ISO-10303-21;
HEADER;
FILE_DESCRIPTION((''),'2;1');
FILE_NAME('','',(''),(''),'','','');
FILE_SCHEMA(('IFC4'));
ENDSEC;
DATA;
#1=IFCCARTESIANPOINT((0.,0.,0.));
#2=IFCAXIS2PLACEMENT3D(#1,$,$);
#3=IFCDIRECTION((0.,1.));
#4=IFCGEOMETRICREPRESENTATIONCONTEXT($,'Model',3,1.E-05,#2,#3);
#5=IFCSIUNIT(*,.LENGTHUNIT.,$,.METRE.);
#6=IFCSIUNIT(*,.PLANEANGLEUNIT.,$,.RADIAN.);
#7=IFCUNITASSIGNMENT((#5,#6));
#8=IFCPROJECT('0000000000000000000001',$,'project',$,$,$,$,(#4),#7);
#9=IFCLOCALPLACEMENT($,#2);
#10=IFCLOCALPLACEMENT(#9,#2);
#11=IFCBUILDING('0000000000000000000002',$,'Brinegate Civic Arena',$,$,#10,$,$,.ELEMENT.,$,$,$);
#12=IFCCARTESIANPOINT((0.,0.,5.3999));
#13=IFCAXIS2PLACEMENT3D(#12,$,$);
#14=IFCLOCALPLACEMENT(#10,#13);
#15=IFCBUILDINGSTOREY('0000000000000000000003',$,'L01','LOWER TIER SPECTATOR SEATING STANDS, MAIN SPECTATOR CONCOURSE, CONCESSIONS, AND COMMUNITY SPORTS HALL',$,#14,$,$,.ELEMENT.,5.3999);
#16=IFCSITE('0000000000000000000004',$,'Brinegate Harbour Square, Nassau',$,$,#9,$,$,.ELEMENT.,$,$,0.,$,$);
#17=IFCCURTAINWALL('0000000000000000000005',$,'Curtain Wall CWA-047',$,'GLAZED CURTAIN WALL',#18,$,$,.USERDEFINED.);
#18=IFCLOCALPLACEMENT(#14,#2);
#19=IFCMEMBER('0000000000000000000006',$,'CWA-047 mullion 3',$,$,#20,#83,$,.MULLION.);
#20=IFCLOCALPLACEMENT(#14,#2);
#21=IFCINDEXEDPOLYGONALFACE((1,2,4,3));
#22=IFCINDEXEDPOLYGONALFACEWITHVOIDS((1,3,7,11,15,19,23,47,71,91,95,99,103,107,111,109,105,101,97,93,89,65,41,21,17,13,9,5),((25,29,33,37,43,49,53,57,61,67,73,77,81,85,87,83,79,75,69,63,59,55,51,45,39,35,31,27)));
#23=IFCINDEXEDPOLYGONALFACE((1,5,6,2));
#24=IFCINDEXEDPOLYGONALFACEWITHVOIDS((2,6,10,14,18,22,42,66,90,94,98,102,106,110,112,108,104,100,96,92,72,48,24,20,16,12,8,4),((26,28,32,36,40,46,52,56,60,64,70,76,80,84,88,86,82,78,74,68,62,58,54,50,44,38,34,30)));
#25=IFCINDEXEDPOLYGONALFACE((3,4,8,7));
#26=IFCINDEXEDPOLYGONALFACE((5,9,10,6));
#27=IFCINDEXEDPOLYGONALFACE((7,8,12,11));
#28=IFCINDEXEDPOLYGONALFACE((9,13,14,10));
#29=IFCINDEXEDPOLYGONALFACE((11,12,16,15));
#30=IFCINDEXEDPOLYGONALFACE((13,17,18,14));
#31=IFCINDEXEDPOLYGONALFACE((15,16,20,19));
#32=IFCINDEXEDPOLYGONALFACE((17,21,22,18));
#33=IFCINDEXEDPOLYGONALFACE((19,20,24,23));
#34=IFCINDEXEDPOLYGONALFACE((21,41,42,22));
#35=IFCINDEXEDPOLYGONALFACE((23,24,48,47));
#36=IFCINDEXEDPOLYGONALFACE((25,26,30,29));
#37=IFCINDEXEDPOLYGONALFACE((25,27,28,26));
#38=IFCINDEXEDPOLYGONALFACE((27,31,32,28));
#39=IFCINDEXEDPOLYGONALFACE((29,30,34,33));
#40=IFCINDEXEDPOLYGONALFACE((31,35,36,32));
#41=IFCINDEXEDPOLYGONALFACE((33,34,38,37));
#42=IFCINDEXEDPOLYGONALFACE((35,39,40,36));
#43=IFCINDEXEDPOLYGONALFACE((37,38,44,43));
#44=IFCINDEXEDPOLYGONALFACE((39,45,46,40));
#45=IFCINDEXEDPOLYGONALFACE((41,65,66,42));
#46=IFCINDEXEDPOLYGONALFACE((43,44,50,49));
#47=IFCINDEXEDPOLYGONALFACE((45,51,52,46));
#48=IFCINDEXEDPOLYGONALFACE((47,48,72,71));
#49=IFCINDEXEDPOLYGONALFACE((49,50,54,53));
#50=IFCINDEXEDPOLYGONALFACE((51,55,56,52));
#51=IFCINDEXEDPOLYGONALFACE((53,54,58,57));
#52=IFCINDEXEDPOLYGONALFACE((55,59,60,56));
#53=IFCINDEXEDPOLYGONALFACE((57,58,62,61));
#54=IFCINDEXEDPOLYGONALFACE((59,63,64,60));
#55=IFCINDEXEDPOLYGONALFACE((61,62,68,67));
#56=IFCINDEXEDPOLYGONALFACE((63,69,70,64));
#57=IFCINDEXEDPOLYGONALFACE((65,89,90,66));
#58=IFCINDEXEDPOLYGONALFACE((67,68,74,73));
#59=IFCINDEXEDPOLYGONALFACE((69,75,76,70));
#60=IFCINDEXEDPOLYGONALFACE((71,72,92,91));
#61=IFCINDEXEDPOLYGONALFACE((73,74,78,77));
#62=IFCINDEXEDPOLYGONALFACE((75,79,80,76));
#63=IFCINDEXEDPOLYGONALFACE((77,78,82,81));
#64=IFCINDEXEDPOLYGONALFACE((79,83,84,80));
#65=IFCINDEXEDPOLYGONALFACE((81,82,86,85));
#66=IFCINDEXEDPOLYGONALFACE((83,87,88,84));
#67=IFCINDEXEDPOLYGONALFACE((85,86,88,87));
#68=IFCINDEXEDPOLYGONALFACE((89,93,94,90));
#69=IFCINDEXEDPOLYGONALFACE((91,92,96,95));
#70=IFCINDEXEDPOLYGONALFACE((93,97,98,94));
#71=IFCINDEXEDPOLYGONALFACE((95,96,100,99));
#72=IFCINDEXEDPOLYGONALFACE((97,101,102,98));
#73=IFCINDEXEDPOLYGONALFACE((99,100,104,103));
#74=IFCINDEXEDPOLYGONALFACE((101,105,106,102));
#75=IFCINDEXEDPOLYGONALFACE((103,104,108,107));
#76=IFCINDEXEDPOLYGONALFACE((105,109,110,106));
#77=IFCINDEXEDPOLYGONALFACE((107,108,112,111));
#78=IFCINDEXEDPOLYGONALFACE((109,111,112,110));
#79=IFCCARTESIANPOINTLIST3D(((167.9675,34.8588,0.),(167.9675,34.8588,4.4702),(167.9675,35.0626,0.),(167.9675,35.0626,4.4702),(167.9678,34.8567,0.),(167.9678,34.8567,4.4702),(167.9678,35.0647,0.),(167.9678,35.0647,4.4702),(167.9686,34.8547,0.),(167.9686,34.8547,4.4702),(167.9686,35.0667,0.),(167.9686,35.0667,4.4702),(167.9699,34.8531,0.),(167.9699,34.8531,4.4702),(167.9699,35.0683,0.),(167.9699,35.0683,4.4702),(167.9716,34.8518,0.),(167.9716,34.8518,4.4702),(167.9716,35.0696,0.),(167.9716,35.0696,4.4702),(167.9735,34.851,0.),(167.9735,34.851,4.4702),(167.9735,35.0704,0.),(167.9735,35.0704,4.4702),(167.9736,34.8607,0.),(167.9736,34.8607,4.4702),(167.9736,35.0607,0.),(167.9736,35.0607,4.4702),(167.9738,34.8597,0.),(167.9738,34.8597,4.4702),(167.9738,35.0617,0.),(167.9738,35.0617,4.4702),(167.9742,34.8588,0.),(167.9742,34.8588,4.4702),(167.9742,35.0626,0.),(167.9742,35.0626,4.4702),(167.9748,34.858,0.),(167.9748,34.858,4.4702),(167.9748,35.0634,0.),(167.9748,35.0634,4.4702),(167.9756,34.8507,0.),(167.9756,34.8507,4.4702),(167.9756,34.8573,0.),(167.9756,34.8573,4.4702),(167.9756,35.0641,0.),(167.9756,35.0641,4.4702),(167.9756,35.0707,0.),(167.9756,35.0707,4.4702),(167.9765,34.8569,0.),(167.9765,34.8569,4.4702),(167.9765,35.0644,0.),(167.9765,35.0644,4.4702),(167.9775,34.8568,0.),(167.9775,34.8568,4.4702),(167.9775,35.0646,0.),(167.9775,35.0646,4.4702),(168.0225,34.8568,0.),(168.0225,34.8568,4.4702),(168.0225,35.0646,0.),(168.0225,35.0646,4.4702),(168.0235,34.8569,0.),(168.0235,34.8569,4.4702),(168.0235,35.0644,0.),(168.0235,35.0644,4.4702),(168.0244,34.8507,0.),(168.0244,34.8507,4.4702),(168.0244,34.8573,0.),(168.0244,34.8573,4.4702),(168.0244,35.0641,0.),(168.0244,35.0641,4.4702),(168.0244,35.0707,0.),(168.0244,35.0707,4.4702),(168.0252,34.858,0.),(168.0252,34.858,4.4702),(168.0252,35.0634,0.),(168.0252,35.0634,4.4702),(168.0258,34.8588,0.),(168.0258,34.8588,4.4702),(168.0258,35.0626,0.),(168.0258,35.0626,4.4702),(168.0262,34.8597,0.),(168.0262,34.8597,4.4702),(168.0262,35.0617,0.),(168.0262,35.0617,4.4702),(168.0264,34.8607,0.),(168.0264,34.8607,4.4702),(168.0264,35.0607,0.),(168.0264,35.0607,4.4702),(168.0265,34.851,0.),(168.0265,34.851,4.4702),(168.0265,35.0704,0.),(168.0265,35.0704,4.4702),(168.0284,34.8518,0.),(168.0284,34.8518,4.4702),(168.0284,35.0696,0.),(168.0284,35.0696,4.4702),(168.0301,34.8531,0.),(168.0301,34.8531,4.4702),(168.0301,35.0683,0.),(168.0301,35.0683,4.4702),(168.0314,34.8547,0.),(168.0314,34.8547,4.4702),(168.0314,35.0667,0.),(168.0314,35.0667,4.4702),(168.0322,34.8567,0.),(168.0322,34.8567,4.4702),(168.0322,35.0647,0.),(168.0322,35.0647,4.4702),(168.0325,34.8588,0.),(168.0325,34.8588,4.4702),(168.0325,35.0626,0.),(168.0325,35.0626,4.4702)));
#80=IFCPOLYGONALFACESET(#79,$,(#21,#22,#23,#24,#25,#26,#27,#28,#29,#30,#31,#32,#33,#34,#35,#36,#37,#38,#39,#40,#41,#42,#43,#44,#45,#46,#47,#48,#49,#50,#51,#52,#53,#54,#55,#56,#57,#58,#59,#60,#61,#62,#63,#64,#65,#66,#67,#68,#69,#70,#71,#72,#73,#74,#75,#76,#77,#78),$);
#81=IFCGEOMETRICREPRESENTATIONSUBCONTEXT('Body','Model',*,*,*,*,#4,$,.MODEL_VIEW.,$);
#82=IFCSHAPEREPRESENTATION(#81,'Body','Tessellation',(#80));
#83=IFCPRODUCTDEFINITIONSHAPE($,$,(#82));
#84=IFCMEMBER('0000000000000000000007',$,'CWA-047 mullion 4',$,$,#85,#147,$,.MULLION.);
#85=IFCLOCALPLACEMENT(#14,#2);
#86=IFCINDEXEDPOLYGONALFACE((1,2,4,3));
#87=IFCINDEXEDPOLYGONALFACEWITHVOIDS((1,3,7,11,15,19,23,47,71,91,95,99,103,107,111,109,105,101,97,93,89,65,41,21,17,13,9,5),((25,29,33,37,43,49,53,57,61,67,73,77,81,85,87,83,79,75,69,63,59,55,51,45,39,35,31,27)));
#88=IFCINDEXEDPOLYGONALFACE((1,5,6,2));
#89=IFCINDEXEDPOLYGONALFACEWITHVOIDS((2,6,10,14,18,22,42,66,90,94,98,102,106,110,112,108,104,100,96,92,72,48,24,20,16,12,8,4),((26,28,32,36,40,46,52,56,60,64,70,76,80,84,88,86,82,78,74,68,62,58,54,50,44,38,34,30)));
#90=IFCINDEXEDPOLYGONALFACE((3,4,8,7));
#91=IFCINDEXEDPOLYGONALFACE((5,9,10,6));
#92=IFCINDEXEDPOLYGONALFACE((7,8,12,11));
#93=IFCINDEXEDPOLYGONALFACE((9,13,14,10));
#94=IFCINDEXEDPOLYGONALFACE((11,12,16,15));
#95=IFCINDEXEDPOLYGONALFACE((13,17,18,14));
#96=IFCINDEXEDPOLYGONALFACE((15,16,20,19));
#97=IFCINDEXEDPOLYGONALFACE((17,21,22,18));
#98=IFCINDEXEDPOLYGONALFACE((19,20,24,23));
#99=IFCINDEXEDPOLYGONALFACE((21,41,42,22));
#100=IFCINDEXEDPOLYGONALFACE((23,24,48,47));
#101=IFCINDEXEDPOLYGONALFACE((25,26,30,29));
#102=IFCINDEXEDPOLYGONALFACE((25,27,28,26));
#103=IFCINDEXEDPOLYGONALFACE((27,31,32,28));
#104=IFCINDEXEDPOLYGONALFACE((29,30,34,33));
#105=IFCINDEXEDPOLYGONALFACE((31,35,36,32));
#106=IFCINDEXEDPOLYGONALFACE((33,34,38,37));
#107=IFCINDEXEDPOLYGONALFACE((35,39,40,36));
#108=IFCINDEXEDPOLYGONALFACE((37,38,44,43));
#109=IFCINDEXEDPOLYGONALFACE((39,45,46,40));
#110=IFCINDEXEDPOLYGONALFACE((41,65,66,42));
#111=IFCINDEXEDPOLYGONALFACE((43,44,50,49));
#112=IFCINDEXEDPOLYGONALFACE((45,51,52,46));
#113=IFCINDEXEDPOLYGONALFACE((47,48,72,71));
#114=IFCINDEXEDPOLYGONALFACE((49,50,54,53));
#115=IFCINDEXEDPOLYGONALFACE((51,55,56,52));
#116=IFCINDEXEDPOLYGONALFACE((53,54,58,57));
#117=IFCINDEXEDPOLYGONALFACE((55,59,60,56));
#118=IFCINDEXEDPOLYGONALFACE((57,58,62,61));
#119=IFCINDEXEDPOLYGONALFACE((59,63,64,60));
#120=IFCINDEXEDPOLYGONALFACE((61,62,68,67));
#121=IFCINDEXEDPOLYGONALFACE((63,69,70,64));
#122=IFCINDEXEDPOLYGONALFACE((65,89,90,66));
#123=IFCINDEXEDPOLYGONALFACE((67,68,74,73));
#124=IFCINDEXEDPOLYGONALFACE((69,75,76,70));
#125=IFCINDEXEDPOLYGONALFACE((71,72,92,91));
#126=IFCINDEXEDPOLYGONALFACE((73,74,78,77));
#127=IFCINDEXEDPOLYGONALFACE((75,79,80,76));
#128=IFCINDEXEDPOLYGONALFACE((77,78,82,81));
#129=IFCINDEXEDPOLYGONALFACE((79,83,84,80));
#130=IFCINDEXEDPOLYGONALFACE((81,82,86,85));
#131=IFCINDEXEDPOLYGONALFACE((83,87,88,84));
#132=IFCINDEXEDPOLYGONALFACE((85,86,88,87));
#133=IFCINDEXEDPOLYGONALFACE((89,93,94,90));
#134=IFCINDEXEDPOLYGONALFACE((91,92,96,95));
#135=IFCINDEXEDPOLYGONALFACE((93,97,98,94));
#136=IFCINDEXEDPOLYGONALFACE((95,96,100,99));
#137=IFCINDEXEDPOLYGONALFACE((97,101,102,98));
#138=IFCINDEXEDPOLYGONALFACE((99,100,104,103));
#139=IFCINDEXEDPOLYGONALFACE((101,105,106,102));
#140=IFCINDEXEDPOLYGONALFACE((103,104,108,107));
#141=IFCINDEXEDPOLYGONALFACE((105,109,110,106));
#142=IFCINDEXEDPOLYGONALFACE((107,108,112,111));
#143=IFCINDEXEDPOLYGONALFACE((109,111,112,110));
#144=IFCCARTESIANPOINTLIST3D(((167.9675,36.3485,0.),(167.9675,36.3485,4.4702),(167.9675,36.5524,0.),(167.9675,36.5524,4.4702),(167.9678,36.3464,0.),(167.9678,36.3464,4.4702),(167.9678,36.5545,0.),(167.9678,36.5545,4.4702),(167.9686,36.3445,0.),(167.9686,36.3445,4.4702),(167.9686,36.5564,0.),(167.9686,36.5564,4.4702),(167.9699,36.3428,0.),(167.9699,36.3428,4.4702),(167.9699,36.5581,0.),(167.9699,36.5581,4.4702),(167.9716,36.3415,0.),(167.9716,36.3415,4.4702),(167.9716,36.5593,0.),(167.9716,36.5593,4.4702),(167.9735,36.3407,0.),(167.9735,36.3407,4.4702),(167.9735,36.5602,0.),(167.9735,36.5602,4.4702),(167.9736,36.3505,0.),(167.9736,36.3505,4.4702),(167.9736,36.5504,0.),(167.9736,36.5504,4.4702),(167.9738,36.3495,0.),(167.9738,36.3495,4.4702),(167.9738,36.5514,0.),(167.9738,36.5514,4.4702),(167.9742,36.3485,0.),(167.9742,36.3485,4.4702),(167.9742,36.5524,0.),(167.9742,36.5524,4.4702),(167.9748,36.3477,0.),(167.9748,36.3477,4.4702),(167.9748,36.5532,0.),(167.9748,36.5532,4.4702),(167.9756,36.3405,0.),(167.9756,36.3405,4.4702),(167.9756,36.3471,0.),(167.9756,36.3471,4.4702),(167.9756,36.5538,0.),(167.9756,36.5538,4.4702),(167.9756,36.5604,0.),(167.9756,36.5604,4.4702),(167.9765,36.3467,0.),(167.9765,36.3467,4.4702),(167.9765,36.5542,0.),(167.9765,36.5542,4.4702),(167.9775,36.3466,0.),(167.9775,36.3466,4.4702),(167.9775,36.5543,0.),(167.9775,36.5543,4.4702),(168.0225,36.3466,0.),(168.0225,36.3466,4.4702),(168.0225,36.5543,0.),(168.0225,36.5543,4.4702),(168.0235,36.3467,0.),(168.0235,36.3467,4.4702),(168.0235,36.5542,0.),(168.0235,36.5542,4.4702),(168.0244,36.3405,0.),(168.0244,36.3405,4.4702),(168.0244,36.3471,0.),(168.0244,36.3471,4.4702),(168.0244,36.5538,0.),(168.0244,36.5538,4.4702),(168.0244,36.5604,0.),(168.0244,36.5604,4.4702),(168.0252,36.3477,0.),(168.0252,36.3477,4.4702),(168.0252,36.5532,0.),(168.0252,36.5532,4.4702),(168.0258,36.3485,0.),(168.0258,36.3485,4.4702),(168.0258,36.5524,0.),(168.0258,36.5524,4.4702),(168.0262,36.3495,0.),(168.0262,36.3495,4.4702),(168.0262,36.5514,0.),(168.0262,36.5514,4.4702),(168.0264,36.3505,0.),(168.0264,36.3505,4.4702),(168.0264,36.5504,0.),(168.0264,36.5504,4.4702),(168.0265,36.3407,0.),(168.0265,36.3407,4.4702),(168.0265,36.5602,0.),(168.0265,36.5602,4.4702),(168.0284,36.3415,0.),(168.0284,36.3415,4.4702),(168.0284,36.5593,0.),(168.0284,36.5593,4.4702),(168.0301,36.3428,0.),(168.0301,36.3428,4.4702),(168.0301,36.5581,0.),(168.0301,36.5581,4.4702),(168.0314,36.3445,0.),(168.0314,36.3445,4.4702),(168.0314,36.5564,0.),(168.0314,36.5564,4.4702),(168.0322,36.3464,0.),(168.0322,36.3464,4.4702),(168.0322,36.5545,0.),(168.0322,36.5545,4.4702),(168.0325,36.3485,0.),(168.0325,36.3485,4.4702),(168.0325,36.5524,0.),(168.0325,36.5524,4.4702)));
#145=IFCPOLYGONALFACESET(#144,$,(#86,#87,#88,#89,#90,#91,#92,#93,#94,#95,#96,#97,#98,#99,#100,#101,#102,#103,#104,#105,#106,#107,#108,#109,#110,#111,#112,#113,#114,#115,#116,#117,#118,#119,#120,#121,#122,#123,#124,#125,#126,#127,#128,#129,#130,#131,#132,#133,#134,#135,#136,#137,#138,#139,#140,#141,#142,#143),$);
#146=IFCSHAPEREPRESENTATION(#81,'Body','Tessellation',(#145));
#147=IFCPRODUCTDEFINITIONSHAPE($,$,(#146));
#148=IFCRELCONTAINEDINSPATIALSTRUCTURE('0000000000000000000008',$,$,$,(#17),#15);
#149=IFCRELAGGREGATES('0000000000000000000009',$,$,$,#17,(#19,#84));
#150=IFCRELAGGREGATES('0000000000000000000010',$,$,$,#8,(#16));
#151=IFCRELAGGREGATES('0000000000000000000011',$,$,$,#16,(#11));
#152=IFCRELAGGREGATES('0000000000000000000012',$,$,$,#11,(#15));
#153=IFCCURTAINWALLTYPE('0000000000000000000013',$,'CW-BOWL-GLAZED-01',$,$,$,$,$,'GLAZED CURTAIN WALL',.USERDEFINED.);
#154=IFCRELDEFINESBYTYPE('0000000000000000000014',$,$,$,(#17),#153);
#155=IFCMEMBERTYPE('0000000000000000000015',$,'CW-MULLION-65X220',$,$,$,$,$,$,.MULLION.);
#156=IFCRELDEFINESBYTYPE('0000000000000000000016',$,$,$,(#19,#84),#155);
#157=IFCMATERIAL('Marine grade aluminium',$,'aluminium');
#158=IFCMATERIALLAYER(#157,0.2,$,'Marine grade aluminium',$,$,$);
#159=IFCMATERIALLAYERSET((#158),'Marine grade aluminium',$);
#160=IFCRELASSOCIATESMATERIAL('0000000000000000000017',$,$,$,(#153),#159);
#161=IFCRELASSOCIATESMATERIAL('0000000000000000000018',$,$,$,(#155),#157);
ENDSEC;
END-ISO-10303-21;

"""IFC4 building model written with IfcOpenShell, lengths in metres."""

from ifc_helpers import new_model, si_unit, direction, frame, origin, origin_2d, place, context, subcontext, project, spatial, hollow_rectangle, extrude, material, layer, layer_set, material_profile, profile_set, type_object, element, aggregate, save


model = new_model("IFC4")

# Units and contexts
model_context = context("Model", 3, precision=1e-05, world=origin(), true_north=direction((0.0, 1.0)))
body_context = subcontext(model_context, "Body", "Model", "MODEL_VIEW")
ifc_project = project(units=[si_unit("LENGTHUNIT", "METRE"), si_unit("PLANEANGLEUNIT", "RADIAN")], contexts=[model_context])

# Site, building, storey
site_placement = place(None, origin())
site = spatial("IfcSite", under=ifc_project, at=site_placement, Name="Brinegate Harbour Square, Nassau", CompositionType="ELEMENT", RefElevation=0.0)
building_placement = place(site_placement, origin())
building = spatial("IfcBuilding", under=site, at=building_placement, Name="Brinegate Civic Arena", CompositionType="ELEMENT")
storey_placement = place(building_placement, frame((0.0, 0.0, 5.3999)))
storey = spatial("IfcBuildingStorey", under=building, at=storey_placement, Name="L01", Description="LOWER TIER SPECTATOR SEATING STANDS, MAIN SPECTATOR CONCOURSE, CONCESSIONS, AND COMMUNITY SPORTS HALL", CompositionType="ELEMENT", Elevation=5.3999)

# Curtain wall, members
ifc_material_1 = material(Name="Marine grade aluminium", Category="aluminium")
ifc_layer_1 = layer(ifc_material_1, 0.2, Name="Marine grade aluminium")
ifc_layer_set_1 = layer_set([ifc_layer_1], Name="Marine grade aluminium")
curtain_wall_type = type_object("IfcCurtainWallType", Name="CW-BOWL-GLAZED-01", ElementType="GLAZED CURTAIN WALL", PredefinedType="USERDEFINED", material=ifc_layer_set_1)
curtain_wall_placement = place(storey_placement, origin())
curtain_wall = element("IfcCurtainWall", 1, at=curtain_wall_placement, inside=storey, type_object=curtain_wall_type, Name="Curtain Wall CWA-047", ObjectType="GLAZED CURTAIN WALL", PredefinedType="USERDEFINED")
ifc_material_profile_1 = material_profile(ifc_material_1, hollow_rectangle(XDim=0.0649, YDim=0.22, WallThickness=0.0061, InnerFilletRadius=0.0039, OuterFilletRadius=0.0081, at=origin_2d()), Name="MUL65X220")
ifc_profile_set_1 = profile_set([ifc_material_profile_1], Name="Marine grade aluminium")
member_type_1 = type_object("IfcMemberType", Name="CW-MULLION-65X220", PredefinedType="MULLION", material=ifc_profile_set_1)
member_1_placement = place(storey_placement, frame((168.0, 34.9607, 0.0), z_axis=(0.0, 0.0, 1.0), x_axis=(-1.0, 0.0, 0.0)))
member_1 = element("IfcMember", 2, at=member_1_placement, type_object=member_type_1, Name="CWA-047 mullion 3", PredefinedType="MULLION", context=body_context, shape_type="SweptSolid", body=[
    extrude(hollow_rectangle(XDim=0.0649, YDim=0.22, WallThickness=0.0061, InnerFilletRadius=0.0039, OuterFilletRadius=0.0081, at=origin_2d()), origin(), (0.0, 0.0, 1.0), 4.4702),
])
member_2_placement = place(storey_placement, frame((168.0, 36.4504, 0.0), z_axis=(0.0, 0.0, 1.0), x_axis=(-1.0, 0.0, 0.0)))
member_2 = element("IfcMember", 3, at=member_2_placement, type_object=member_type_1, Name="CWA-047 mullion 4", PredefinedType="MULLION", context=body_context, shape_type="SweptSolid", body=[
    extrude(hollow_rectangle(XDim=0.0649, YDim=0.22, WallThickness=0.0061, InnerFilletRadius=0.0039, OuterFilletRadius=0.0081, at=origin_2d()), origin(), (0.0, 0.0, 1.0), 4.4702),
])
aggregate(curtain_wall, [member_1, member_2])

save(model, "model.ifc")
